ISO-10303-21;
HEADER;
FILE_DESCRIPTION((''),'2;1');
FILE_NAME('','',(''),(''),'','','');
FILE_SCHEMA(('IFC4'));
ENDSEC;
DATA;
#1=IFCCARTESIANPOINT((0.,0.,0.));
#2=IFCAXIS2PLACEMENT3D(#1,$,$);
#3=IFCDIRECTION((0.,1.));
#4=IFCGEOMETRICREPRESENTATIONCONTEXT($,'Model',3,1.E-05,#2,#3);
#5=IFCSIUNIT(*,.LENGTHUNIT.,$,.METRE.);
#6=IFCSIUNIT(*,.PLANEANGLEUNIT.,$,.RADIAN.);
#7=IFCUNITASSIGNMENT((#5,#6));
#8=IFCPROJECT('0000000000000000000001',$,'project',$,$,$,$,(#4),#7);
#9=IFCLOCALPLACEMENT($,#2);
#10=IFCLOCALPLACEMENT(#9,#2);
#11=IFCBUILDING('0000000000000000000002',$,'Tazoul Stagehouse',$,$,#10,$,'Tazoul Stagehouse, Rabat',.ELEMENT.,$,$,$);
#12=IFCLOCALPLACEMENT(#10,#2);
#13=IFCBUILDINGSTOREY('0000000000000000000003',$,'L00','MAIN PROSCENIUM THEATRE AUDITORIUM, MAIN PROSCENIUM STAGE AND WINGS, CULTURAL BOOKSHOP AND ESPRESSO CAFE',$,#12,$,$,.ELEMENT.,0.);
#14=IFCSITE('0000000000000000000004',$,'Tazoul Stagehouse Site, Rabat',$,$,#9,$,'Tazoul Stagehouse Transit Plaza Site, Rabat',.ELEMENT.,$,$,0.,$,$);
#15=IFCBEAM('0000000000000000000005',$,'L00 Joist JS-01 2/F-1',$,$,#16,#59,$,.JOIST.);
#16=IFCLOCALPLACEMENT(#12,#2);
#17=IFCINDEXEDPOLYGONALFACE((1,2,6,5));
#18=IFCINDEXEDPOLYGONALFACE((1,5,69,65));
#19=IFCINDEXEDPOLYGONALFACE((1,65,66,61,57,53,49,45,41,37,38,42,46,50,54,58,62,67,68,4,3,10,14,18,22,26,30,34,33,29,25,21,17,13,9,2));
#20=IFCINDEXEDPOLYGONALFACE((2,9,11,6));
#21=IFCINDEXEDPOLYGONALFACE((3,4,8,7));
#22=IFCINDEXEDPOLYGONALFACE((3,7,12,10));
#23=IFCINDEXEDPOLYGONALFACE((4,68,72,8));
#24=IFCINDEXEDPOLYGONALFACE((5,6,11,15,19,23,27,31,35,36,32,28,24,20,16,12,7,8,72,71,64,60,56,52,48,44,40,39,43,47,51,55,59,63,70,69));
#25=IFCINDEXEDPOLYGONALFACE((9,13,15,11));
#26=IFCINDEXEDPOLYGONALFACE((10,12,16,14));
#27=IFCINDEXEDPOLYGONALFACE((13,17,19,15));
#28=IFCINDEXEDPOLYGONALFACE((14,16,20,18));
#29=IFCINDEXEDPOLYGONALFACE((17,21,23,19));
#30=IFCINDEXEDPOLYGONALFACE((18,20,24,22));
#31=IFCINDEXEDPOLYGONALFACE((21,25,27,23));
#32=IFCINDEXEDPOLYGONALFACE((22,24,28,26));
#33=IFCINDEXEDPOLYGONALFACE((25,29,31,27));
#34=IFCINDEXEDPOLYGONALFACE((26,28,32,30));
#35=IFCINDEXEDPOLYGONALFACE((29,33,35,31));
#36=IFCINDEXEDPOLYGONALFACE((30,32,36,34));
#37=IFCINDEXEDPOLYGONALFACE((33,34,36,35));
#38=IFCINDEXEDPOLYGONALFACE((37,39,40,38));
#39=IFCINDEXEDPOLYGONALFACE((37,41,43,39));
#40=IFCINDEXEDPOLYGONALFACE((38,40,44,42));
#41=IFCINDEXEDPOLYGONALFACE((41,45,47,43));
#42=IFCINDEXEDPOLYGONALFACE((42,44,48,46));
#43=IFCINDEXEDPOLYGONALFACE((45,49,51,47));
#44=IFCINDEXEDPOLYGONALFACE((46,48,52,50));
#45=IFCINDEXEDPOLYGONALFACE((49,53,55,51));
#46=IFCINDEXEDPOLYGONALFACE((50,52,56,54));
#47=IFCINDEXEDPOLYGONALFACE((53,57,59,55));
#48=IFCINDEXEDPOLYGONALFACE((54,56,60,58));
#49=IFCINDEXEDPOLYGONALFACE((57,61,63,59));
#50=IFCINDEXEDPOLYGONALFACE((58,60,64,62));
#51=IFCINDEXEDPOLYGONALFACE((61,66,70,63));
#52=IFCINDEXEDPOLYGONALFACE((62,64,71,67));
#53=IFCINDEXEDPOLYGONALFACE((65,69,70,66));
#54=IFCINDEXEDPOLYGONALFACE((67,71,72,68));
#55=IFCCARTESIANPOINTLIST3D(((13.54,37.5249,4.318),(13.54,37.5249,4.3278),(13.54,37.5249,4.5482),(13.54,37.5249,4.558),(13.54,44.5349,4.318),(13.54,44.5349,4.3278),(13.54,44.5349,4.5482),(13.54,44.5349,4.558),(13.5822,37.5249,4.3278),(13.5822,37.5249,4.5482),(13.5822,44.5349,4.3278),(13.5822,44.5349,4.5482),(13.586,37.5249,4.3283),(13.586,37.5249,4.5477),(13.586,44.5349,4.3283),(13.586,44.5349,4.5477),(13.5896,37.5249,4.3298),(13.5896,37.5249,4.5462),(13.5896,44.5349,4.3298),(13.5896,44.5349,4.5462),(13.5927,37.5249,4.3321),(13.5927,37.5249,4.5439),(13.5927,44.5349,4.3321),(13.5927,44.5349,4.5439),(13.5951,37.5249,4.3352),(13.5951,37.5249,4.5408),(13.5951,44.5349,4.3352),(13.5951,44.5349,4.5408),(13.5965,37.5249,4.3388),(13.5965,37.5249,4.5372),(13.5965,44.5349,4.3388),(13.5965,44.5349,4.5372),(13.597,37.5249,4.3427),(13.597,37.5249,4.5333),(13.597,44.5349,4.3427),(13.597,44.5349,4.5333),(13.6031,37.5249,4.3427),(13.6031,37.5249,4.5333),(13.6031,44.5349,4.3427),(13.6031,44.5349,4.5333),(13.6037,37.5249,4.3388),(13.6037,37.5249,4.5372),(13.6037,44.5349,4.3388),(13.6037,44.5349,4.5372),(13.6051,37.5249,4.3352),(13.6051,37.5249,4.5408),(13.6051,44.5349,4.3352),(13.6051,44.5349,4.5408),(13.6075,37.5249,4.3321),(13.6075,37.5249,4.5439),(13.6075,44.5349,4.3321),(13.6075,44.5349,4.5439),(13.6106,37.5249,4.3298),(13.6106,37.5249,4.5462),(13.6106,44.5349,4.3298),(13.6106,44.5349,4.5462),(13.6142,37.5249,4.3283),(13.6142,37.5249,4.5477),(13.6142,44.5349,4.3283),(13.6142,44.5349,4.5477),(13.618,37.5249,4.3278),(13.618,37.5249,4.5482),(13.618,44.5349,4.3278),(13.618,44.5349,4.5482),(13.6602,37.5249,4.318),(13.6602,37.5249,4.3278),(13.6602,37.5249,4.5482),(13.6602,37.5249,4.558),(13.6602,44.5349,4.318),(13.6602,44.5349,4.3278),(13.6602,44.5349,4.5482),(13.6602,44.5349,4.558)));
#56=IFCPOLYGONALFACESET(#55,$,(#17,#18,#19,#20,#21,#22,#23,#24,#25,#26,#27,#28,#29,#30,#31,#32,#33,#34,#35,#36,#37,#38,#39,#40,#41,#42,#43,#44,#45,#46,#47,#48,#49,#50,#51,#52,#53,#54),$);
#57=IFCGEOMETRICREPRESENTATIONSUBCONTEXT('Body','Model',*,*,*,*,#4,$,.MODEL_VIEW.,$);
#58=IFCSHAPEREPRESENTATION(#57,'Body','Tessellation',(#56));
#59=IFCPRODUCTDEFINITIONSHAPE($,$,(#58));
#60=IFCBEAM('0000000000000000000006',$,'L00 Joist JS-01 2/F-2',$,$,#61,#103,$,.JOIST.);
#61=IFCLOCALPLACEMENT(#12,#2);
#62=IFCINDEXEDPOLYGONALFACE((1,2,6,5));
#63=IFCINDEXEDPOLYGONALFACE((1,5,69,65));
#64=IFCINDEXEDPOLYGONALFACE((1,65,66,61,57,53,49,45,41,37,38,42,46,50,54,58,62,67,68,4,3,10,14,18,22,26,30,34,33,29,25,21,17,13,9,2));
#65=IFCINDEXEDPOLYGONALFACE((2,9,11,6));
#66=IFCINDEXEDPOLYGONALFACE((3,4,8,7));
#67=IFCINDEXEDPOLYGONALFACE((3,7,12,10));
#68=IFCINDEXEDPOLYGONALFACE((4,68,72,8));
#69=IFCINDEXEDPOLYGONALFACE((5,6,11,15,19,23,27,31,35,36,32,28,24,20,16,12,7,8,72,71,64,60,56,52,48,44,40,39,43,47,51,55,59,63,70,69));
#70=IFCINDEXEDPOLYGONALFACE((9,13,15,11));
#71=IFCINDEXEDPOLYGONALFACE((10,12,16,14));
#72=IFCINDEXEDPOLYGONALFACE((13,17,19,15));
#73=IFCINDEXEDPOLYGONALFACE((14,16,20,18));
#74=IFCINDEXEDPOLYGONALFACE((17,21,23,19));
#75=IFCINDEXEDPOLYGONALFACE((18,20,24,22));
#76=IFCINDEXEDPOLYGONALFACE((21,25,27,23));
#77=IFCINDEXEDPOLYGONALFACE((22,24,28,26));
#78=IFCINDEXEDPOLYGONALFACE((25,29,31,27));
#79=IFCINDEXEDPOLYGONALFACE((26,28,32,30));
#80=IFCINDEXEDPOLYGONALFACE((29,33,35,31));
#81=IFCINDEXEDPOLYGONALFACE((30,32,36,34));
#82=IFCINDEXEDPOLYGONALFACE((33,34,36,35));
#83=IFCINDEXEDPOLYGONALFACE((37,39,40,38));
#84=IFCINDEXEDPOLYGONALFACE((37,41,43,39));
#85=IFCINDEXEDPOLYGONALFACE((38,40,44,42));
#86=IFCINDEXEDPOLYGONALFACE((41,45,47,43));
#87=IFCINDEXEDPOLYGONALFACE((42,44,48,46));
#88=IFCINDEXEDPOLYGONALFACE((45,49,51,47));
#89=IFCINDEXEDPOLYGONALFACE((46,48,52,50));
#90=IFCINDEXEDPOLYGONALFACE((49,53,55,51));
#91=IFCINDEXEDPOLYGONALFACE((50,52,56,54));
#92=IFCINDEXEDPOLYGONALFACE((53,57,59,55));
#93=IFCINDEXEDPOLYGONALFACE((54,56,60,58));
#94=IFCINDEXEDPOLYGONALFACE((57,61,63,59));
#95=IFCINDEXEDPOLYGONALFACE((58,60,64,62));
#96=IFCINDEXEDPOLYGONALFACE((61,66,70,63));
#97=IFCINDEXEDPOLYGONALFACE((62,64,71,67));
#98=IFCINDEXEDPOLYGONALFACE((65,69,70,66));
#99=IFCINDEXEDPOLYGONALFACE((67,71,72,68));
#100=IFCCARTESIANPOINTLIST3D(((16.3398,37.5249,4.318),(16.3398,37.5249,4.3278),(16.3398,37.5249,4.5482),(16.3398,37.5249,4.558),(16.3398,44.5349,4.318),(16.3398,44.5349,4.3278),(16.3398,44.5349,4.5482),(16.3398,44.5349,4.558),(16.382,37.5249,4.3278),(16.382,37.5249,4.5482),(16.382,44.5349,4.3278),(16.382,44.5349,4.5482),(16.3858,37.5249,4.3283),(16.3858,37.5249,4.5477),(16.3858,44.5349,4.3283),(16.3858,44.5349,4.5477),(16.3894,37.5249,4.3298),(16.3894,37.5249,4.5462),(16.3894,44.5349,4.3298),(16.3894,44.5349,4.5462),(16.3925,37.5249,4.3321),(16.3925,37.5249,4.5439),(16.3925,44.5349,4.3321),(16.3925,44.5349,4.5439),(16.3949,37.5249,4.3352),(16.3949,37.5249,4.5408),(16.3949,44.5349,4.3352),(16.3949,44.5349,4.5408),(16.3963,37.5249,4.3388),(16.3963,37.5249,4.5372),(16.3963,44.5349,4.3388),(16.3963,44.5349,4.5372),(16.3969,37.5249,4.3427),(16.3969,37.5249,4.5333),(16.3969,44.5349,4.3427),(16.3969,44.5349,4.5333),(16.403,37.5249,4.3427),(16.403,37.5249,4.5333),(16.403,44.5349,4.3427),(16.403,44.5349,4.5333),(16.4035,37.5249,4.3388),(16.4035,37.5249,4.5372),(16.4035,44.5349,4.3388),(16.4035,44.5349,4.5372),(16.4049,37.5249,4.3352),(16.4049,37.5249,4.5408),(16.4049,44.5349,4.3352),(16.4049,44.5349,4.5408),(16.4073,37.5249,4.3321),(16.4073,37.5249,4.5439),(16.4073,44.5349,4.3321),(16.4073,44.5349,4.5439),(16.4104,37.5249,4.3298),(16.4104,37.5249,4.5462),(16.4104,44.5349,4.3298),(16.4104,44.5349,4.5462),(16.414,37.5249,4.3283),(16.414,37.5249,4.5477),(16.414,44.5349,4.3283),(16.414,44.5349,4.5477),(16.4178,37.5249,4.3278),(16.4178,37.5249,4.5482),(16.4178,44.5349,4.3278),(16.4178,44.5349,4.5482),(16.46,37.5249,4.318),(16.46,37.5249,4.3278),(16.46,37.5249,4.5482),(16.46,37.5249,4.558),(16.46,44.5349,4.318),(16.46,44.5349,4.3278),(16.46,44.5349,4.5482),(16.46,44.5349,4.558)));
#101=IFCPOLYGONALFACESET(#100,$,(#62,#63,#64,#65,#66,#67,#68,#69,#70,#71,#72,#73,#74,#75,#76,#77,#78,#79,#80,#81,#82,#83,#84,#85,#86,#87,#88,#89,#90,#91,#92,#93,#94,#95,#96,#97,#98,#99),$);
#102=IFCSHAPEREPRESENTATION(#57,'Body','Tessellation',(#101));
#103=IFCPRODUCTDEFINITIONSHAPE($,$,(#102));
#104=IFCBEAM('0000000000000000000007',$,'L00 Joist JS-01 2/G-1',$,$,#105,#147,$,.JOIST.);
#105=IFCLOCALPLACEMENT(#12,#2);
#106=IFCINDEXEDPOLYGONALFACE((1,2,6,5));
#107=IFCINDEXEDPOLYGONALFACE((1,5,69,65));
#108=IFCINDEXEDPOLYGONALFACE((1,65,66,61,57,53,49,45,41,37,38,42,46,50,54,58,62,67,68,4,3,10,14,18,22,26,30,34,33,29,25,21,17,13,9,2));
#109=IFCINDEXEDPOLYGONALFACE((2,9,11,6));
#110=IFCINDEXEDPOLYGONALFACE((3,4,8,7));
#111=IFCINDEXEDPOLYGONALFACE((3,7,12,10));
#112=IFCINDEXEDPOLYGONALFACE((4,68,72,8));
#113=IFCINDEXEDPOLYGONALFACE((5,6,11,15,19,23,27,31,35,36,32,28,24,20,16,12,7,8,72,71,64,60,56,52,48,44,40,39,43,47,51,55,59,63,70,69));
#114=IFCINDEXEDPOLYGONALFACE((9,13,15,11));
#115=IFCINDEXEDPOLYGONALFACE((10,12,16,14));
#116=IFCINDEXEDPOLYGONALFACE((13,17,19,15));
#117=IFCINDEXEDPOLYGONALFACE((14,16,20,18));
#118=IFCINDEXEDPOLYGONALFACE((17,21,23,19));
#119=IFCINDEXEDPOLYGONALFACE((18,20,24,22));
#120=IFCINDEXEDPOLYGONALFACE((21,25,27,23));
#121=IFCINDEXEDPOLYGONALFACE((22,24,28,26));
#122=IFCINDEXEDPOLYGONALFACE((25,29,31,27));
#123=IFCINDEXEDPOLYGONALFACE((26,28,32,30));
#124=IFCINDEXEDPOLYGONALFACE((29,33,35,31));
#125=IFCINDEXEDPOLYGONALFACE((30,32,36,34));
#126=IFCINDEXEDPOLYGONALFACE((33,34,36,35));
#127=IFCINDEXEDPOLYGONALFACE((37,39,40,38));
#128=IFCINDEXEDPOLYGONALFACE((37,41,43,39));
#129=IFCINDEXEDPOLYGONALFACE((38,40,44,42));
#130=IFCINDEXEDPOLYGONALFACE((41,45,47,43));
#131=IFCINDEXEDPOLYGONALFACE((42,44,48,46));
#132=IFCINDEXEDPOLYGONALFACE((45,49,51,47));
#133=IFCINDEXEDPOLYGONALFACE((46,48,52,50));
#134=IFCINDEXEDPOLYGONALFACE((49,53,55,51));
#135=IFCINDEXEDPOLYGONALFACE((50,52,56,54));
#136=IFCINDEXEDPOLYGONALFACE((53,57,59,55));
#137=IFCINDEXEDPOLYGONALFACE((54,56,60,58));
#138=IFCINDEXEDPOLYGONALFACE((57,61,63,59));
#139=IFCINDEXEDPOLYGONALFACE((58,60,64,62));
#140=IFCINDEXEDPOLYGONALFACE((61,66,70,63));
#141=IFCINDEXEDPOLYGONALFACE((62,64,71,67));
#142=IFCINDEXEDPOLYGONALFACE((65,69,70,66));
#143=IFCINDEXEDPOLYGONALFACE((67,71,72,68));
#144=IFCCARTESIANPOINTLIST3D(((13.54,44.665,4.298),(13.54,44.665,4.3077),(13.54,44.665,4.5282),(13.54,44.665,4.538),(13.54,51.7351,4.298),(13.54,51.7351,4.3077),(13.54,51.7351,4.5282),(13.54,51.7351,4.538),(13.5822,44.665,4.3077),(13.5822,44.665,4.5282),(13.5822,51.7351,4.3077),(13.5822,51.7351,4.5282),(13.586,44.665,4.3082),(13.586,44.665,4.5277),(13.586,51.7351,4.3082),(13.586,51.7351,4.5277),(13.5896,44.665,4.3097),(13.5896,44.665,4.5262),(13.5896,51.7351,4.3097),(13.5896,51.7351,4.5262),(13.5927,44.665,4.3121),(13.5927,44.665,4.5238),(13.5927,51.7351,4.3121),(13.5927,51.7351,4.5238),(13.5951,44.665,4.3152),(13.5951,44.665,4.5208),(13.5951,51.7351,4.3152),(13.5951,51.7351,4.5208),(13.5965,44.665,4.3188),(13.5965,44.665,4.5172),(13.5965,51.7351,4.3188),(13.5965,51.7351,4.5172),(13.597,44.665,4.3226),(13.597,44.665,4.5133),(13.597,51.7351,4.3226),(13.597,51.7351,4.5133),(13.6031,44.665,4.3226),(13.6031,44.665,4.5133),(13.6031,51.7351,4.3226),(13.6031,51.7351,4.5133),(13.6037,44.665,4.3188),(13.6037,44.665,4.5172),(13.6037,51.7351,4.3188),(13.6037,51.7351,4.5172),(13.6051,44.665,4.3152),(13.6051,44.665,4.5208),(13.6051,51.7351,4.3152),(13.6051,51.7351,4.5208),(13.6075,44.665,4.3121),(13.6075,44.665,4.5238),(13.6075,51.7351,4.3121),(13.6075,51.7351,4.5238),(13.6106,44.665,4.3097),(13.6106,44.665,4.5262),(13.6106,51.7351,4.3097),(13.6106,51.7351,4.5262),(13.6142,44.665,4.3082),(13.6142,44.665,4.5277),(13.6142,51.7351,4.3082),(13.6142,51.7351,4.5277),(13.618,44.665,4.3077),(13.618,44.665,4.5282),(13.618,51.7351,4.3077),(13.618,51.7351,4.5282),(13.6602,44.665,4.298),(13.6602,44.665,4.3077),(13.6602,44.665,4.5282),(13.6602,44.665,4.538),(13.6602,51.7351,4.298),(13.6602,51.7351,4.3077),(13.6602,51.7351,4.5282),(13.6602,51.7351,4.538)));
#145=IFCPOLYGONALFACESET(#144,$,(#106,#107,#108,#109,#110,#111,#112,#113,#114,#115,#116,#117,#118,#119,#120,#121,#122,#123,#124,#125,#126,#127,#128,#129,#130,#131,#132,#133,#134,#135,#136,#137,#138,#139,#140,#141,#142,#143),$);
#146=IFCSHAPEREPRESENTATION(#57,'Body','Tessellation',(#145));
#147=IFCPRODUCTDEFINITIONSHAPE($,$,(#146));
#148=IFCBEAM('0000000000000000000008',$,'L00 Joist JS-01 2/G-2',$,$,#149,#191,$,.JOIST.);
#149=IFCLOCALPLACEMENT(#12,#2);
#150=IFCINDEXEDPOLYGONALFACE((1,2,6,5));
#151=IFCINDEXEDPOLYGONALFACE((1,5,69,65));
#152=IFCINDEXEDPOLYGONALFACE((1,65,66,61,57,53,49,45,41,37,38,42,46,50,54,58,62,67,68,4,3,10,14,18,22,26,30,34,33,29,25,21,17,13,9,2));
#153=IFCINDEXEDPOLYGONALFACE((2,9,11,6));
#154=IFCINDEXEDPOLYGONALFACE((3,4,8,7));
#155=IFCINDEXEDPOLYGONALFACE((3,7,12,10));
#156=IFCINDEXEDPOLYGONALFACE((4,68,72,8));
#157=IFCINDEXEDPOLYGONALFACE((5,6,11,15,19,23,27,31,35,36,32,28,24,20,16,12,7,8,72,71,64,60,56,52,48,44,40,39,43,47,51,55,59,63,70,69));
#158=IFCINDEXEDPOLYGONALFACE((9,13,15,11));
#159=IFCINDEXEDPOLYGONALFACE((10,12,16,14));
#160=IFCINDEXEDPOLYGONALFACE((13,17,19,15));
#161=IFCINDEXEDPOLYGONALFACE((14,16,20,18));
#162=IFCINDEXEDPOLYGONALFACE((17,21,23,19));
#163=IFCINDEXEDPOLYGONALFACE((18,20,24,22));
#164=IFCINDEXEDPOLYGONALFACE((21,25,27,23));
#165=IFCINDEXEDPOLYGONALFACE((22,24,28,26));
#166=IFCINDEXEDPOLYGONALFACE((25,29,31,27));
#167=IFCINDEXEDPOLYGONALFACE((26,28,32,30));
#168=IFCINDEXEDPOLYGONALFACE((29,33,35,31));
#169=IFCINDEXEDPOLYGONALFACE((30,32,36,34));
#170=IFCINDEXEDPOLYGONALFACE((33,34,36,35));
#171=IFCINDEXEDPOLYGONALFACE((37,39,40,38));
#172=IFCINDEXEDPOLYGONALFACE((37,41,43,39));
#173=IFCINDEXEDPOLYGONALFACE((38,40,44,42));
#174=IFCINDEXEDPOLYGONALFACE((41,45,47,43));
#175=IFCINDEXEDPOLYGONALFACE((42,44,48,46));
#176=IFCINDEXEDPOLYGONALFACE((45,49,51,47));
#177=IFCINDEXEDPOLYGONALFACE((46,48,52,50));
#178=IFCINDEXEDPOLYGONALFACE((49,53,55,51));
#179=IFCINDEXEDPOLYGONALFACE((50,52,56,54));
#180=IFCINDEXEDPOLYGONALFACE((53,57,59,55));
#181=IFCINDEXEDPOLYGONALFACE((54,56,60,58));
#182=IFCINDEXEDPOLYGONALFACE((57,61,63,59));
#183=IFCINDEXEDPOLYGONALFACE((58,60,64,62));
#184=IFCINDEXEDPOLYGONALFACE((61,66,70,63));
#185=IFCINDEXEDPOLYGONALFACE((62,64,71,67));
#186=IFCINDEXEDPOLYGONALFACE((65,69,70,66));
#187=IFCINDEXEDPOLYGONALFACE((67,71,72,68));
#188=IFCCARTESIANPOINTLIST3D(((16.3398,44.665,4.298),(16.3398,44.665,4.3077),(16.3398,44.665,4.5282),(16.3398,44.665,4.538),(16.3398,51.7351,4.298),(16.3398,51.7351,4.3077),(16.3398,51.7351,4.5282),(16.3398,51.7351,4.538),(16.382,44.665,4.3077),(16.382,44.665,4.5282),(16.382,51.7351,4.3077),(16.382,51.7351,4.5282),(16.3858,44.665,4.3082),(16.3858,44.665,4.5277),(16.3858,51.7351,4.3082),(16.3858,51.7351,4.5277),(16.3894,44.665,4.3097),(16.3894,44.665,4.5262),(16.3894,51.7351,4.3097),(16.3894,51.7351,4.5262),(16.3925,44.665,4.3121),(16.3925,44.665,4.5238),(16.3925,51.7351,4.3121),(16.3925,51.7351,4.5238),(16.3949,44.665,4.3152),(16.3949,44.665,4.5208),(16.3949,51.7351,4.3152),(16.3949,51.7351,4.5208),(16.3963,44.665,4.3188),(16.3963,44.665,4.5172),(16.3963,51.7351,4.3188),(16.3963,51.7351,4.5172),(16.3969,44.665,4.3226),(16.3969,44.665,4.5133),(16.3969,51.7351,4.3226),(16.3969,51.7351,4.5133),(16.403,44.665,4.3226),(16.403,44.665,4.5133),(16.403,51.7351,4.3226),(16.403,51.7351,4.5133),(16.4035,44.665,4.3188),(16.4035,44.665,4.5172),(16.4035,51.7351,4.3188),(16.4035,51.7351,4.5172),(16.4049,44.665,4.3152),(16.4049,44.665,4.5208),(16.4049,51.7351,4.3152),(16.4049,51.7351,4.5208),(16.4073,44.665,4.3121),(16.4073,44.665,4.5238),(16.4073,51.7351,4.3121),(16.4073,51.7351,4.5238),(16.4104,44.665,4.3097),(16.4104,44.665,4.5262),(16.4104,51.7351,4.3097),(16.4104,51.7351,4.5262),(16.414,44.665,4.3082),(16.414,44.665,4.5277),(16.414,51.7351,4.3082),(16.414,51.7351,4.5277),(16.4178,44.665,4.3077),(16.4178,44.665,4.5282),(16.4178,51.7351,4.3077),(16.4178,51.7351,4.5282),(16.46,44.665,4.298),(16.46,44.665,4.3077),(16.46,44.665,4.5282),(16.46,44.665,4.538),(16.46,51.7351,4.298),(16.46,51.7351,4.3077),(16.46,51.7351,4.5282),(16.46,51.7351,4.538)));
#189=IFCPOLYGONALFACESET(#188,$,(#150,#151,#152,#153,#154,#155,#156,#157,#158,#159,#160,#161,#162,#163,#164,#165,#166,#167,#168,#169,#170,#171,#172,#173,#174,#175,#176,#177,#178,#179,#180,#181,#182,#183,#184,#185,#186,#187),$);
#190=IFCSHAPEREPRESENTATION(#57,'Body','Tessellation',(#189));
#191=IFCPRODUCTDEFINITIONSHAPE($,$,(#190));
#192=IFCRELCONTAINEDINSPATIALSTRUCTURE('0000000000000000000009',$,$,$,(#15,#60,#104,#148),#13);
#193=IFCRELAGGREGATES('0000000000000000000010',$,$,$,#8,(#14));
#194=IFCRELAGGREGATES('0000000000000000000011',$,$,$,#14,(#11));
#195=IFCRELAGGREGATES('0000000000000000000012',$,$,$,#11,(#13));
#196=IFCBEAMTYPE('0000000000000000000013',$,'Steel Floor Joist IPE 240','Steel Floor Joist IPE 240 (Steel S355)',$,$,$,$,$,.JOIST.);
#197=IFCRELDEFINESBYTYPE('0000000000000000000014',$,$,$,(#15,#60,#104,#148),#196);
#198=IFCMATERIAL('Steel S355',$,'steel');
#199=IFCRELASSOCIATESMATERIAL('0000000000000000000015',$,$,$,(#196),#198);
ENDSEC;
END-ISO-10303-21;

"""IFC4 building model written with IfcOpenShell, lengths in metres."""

from ifc_helpers import new_model, si_unit, direction, frame, origin, origin_2d, place, context, subcontext, project, spatial, i_section, extrude, material, material_profile, profile_set, type_object, element, save


model = new_model("IFC4")

# Units and contexts
model_context = context("Model", 3, precision=1e-05, world=origin(), true_north=direction((0.0, 1.0)))
body_context = subcontext(model_context, "Body", "Model", "MODEL_VIEW")
ifc_project = project(units=[si_unit("LENGTHUNIT", "METRE"), si_unit("PLANEANGLEUNIT", "RADIAN")], contexts=[model_context])

# Site, building, storey
site_placement = place(None, origin())
site = spatial("IfcSite", under=ifc_project, at=site_placement, Name="Tazoul Stagehouse Site, Rabat", LongName="Tazoul Stagehouse Transit Plaza Site, Rabat", CompositionType="ELEMENT", RefElevation=0.0)
building_placement = place(site_placement, origin())
building = spatial("IfcBuilding", under=site, at=building_placement, Name="Tazoul Stagehouse", LongName="Tazoul Stagehouse, Rabat", CompositionType="ELEMENT")
storey_placement = place(building_placement, origin())
storey = spatial("IfcBuildingStorey", under=building, at=storey_placement, Name="L00", Description="MAIN PROSCENIUM THEATRE AUDITORIUM, MAIN PROSCENIUM STAGE AND WINGS, CULTURAL BOOKSHOP AND ESPRESSO CAFE", CompositionType="ELEMENT", Elevation=0.0)

# Beams
ifc_material_1 = material(Name="Steel S355", Category="steel")
ifc_material_profile_1 = material_profile(ifc_material_1, i_section(OverallWidth=0.1201, OverallDepth=0.24, WebThickness=0.0061, FlangeThickness=0.0098, FilletRadius=0.0149, at=origin_2d()), Name="IPE 240")
ifc_profile_set_1 = profile_set([ifc_material_profile_1], Name="Steel S355")
beam_type_1 = type_object("IfcBeamType", Name="Steel Floor Joist IPE 240", Description="Steel Floor Joist IPE 240 (Steel S355)", PredefinedType="JOIST", material=ifc_profile_set_1)
for number, where, z_axis, x_axis, name in (
    (1, (13.6001, 37.5249, 4.438), (0.0, 1.0, 0.0), (-1.0, 0.0, 0.0), "L00 Joist JS-01 2/F-1"),
    (2, (16.3999, 37.5249, 4.438), (0.0, 1.0, 0.0), (-1.0, 0.0, 0.0), "L00 Joist JS-01 2/F-2"),
):
    element("IfcBeam", number, at=place(storey_placement, frame(where, z_axis=z_axis, x_axis=x_axis)), inside=storey, type_object=beam_type_1, Name=name, PredefinedType="JOIST", context=body_context, shape_type="SweptSolid", body=[
        extrude(i_section(OverallWidth=0.1201, OverallDepth=0.24, WebThickness=0.0061, FlangeThickness=0.0098, FilletRadius=0.0149, at=origin_2d()), origin(), (0.0, 0.0, 1.0), 7.01),
    ])
for number, where, z_axis, x_axis, name in (
    (3, (13.6001, 44.665, 4.418), (0.0, 1.0, 0.0), (-1.0, 0.0, 0.0), "L00 Joist JS-01 2/G-1"),
    (4, (16.3999, 44.665, 4.418), (0.0, 1.0, 0.0), (-1.0, 0.0, 0.0), "L00 Joist JS-01 2/G-2"),
):
    element("IfcBeam", number, at=place(storey_placement, frame(where, z_axis=z_axis, x_axis=x_axis)), inside=storey, type_object=beam_type_1, Name=name, PredefinedType="JOIST", context=body_context, shape_type="SweptSolid", body=[
        extrude(i_section(OverallWidth=0.1201, OverallDepth=0.24, WebThickness=0.0061, FlangeThickness=0.0098, FilletRadius=0.0149, at=origin_2d()), origin(), (0.0, 0.0, 1.0), 7.0701),
    ])

save(model, "model.ifc")
